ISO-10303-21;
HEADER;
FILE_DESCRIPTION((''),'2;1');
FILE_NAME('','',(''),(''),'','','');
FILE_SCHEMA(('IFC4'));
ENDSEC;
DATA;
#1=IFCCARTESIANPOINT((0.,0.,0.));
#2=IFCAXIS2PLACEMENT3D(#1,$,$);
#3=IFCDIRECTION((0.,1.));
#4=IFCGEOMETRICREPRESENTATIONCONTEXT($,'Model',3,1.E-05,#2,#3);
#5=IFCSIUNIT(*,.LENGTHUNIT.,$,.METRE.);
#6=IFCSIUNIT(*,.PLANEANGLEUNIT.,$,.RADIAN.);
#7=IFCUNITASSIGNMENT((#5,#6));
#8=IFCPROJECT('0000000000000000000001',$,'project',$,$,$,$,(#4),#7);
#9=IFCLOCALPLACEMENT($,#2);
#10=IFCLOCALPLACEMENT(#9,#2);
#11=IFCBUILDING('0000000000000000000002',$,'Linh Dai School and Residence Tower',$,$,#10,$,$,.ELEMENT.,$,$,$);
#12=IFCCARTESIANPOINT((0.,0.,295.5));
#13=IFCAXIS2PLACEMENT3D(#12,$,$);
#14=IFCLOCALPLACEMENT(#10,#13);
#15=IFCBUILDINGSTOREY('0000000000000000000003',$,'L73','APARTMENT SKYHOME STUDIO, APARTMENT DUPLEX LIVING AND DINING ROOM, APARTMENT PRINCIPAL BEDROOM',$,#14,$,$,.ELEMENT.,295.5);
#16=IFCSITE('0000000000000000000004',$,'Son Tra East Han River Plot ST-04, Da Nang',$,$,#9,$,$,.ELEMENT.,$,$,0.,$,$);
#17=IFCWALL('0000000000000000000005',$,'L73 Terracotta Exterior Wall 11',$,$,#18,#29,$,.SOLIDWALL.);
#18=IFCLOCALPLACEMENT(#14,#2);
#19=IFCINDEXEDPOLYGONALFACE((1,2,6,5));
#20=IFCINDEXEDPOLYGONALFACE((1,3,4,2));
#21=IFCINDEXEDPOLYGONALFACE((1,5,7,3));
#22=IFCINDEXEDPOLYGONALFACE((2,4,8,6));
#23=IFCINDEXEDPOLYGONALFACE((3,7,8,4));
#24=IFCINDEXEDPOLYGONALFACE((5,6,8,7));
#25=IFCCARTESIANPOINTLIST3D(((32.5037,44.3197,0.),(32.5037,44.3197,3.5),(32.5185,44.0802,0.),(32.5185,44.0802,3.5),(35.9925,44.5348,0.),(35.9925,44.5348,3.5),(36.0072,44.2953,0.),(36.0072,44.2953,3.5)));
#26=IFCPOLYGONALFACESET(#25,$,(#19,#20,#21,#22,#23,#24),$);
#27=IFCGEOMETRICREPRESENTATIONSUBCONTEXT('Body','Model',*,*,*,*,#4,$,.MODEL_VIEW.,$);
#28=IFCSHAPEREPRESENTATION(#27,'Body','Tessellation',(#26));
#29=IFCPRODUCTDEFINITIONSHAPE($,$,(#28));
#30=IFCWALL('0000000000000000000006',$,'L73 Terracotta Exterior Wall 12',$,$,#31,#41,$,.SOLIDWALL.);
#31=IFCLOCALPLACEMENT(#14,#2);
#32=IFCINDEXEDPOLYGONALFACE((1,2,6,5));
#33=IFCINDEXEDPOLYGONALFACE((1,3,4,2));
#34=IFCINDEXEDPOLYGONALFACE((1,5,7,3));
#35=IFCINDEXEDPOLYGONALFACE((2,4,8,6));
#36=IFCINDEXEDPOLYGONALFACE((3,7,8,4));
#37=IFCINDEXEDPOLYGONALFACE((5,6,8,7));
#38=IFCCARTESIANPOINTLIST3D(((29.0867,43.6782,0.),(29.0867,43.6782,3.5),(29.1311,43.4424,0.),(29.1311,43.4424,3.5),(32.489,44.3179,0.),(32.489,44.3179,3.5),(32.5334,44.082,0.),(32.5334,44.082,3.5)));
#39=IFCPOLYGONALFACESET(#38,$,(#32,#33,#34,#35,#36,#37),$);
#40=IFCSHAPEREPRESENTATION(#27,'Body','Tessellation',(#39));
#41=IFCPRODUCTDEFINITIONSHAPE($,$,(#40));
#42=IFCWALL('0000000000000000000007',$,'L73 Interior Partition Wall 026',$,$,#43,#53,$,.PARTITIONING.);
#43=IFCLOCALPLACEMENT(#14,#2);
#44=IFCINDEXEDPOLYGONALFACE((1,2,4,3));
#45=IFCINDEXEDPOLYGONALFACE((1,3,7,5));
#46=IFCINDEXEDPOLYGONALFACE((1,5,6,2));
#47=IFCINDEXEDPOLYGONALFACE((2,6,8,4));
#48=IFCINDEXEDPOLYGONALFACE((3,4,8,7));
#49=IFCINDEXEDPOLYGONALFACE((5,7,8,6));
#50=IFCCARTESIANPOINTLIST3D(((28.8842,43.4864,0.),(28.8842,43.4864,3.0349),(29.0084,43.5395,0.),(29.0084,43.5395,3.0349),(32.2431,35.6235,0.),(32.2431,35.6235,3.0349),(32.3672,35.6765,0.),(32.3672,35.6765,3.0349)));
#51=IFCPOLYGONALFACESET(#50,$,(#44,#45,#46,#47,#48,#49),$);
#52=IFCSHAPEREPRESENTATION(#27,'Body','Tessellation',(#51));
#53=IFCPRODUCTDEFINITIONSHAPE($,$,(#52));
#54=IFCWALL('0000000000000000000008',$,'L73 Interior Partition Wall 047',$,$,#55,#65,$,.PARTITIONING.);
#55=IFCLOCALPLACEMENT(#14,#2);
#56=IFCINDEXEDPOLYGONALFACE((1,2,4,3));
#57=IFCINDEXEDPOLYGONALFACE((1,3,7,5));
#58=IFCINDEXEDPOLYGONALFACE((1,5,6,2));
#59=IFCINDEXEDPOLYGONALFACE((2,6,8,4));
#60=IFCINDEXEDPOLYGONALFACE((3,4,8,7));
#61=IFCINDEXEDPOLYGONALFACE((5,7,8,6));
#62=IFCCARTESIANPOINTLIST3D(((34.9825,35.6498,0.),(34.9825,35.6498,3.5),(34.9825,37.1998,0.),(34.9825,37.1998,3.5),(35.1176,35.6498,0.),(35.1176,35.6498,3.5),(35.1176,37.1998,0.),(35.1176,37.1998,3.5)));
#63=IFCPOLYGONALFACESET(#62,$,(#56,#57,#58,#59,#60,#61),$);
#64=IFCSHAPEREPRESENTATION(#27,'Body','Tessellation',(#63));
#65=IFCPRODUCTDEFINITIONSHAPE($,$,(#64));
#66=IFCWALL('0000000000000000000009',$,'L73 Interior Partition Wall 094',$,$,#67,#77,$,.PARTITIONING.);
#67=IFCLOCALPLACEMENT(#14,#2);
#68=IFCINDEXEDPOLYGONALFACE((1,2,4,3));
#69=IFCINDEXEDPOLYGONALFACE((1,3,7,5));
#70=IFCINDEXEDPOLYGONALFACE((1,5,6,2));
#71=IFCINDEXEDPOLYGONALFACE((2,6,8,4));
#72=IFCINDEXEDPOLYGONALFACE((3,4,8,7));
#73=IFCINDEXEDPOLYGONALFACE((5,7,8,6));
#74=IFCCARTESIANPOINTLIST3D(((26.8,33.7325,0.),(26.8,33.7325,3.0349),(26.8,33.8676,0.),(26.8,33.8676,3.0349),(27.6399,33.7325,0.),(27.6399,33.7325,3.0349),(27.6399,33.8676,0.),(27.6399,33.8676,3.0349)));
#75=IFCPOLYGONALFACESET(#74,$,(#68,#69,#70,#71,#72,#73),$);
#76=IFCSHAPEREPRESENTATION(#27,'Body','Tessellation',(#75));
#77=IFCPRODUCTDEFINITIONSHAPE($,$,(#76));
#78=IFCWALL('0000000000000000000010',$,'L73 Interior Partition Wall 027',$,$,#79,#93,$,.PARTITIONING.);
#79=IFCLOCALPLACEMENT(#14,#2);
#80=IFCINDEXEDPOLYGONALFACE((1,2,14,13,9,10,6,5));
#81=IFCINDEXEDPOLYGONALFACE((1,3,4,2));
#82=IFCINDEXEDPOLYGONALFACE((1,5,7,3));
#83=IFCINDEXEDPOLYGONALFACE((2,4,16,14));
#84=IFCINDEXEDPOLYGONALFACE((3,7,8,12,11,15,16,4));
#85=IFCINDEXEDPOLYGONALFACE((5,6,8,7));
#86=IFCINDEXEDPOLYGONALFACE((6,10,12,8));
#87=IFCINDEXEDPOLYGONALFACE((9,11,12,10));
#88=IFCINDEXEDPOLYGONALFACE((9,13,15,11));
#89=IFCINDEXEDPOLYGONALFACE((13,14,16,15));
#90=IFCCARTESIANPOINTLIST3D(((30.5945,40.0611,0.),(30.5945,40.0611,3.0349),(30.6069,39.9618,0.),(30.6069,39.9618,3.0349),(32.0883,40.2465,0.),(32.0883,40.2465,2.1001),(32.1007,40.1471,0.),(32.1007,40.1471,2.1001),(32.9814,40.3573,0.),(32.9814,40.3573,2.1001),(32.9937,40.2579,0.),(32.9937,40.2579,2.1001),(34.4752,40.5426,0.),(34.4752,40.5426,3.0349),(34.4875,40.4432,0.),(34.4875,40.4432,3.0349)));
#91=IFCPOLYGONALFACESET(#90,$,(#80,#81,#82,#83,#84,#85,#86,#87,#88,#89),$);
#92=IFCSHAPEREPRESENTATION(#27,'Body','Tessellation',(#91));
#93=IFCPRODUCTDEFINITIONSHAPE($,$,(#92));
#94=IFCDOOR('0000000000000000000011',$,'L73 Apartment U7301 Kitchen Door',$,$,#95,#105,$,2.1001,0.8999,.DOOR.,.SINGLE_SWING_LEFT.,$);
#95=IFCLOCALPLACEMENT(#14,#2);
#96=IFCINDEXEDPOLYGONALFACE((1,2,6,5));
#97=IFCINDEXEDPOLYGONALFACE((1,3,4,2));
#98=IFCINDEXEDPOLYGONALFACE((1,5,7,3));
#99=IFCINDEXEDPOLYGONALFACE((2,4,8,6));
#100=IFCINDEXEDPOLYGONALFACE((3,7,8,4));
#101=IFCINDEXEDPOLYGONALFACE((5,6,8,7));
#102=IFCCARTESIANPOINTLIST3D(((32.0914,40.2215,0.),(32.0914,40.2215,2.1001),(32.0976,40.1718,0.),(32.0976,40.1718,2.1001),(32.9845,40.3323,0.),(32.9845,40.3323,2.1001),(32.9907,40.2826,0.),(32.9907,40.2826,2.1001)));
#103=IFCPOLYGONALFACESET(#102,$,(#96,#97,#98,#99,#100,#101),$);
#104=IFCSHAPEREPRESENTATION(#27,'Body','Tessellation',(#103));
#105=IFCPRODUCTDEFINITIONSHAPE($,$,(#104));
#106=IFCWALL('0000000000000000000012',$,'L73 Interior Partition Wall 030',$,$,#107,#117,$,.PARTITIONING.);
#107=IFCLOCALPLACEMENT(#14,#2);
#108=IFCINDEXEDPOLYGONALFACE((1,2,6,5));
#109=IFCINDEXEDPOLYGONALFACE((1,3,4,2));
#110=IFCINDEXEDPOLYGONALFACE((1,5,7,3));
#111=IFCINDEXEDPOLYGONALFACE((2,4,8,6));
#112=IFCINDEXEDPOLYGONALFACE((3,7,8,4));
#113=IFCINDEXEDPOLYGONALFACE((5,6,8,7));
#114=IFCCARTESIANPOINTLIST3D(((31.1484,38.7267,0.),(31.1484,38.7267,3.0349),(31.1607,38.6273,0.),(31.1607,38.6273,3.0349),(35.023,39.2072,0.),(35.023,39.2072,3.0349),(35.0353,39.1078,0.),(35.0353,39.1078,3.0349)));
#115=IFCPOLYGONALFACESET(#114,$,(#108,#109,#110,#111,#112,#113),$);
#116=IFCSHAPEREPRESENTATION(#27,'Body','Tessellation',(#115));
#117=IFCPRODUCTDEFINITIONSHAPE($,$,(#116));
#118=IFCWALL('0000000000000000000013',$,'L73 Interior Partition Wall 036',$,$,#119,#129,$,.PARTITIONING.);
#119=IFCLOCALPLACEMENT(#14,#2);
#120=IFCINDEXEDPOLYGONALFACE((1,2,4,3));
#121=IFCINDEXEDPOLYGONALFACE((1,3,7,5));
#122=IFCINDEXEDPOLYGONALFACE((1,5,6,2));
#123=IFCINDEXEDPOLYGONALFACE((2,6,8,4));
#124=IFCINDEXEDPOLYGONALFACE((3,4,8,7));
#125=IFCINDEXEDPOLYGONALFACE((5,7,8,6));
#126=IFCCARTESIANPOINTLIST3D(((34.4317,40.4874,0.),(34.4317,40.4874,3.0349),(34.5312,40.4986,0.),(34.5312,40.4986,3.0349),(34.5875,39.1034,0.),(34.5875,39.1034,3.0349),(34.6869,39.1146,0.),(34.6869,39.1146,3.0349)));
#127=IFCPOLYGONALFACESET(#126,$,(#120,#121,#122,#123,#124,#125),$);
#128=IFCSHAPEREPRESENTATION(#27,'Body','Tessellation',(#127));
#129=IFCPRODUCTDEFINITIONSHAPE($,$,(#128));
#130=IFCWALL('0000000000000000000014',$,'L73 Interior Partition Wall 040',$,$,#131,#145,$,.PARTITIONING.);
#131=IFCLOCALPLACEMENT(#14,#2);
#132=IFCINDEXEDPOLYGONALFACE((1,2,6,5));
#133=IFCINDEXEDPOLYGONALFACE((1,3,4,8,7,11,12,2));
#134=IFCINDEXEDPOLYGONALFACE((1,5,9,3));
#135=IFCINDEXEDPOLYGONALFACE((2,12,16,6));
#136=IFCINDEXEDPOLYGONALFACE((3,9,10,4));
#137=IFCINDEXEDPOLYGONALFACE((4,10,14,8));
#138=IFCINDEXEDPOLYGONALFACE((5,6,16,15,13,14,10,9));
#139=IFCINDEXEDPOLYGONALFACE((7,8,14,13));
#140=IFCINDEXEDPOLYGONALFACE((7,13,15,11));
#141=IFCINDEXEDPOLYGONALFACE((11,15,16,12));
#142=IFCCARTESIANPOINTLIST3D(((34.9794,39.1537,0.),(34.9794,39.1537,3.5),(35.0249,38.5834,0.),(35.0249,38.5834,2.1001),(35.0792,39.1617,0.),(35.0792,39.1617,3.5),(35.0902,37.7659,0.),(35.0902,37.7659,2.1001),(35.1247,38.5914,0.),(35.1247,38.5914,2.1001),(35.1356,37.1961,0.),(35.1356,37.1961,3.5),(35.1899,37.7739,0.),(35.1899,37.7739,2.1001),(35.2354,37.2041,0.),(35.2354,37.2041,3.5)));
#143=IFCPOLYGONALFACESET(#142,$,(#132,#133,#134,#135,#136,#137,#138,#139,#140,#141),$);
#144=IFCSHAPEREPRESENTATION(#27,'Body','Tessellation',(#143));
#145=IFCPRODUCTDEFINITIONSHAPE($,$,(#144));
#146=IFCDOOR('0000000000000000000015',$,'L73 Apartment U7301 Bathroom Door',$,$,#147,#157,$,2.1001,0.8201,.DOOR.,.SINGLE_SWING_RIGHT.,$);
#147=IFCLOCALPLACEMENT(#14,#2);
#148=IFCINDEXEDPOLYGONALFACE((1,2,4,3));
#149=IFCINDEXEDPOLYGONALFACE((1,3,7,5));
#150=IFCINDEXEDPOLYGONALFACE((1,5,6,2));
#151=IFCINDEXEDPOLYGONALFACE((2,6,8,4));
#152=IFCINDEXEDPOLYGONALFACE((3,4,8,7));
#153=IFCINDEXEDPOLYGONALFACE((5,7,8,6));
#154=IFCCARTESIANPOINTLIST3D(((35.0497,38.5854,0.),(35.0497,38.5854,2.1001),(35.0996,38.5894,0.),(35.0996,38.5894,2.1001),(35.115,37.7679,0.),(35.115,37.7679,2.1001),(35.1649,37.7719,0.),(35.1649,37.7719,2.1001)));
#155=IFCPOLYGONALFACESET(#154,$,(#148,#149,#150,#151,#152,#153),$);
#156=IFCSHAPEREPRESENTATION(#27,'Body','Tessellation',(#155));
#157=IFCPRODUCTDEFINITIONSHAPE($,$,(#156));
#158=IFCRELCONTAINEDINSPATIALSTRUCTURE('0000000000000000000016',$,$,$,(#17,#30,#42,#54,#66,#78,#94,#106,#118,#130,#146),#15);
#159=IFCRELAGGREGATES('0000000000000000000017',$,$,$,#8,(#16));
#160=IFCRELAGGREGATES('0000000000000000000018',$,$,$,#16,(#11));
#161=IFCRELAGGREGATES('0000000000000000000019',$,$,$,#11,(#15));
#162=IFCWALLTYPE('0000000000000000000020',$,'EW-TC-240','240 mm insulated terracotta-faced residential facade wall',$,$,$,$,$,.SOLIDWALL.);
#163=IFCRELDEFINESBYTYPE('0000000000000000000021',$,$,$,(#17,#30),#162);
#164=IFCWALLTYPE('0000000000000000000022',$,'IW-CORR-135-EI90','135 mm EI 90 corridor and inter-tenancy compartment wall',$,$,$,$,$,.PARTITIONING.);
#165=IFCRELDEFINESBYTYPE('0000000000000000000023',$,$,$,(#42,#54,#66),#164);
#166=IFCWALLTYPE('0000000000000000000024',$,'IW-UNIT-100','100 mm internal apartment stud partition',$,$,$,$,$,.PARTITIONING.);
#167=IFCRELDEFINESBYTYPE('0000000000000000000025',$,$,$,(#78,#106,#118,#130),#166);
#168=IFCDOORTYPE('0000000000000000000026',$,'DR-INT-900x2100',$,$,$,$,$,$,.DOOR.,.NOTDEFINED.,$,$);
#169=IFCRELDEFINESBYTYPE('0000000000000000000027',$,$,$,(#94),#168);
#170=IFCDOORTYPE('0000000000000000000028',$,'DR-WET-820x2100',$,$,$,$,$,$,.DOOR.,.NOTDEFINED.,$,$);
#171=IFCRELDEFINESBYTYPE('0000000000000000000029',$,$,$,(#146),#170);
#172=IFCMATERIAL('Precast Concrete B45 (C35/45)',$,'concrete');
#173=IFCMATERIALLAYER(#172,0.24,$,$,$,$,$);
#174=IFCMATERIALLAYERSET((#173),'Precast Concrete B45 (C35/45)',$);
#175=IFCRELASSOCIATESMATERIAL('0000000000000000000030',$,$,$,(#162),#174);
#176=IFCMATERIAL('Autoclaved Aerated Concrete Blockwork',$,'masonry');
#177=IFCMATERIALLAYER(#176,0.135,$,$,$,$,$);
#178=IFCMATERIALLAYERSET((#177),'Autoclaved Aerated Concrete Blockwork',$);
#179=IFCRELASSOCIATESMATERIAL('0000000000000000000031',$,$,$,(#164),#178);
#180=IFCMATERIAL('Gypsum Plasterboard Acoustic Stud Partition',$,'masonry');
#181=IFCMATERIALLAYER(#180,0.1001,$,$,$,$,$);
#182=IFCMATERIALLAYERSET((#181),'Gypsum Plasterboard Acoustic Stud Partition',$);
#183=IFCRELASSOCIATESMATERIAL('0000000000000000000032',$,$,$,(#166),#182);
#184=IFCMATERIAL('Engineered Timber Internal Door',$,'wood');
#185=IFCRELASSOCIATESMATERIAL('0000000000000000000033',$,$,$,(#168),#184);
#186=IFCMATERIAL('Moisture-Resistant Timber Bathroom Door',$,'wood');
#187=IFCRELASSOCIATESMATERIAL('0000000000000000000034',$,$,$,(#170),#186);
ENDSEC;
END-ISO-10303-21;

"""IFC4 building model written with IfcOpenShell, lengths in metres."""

from ifc_helpers import new_model, si_unit, direction, frame, frame_2d, origin, origin_2d, place, context, subcontext, project, spatial, rectangle, extrude, source, transform, mapped, material, layer, layer_set, type_object, element, fill, save


model = new_model("IFC4")

# Units and contexts
model_context = context("Model", 3, precision=1e-05, world=origin(), true_north=direction((0.0, 1.0)))
body_context = subcontext(model_context, "Body", "Model", "MODEL_VIEW")
ifc_project = project(units=[si_unit("LENGTHUNIT", "METRE"), si_unit("PLANEANGLEUNIT", "RADIAN")], contexts=[model_context])

# Site, building, storey
site_placement = place(None, origin())
site = spatial("IfcSite", under=ifc_project, at=site_placement, Name="Son Tra East Han River Plot ST-04, Da Nang", CompositionType="ELEMENT", RefElevation=0.0)
building_placement = place(site_placement, origin())
building = spatial("IfcBuilding", under=site, at=building_placement, Name="Linh Dai School and Residence Tower", CompositionType="ELEMENT")
storey_placement = place(building_placement, frame((0.0, 0.0, 295.5)))
storey = spatial("IfcBuildingStorey", under=building, at=storey_placement, Name="L73", Description="APARTMENT SKYHOME STUDIO, APARTMENT DUPLEX LIVING AND DINING ROOM, APARTMENT PRINCIPAL BEDROOM", CompositionType="ELEMENT", Elevation=295.5)

# Walls
ifc_material_1 = material(Name="Precast Concrete B45 (C35/45)", Category="concrete")
ifc_layer_1 = layer(ifc_material_1, 0.24)
ifc_layer_set_1 = layer_set([ifc_layer_1], Name="Precast Concrete B45 (C35/45)")
wall_type_1 = type_object("IfcWallType", Name="EW-TC-240", Description="240 mm insulated terracotta-faced residential facade wall", PredefinedType="SOLIDWALL", material=ifc_layer_set_1)
wall_1_placement = place(storey_placement, frame((32.5112, 44.2, 0.0), z_axis=(0.0, 0.0, 1.0), x_axis=(0.998105, 0.061535, 0.0)))
element("IfcWall", 1, at=wall_1_placement, inside=storey, type_object=wall_type_1, Name="L73 Terracotta Exterior Wall 11", PredefinedType="SOLIDWALL", context=body_context, shape_type="SweptSolid", body=[
    extrude(rectangle(XDim=3.4954, YDim=0.24, at=frame_2d((1.7476, 0.0))), origin(), (0.0, 0.0, 1.0), 3.5),
])
wall_2_placement = place(storey_placement, frame((29.1089, 43.5603, 0.0), z_axis=(0.0, 0.0, 1.0), x_axis=(0.982783, 0.184765, 0.0)))
element("IfcWall", 2, at=wall_2_placement, inside=storey, type_object=wall_type_1, Name="L73 Terracotta Exterior Wall 12", PredefinedType="SOLIDWALL", context=body_context, shape_type="SweptSolid", body=[
    extrude(rectangle(XDim=3.4619, YDim=0.24, at=frame_2d((1.731, 0.0))), origin(), (0.0, 0.0, 1.0), 3.5),
])
ifc_material_2 = material(Name="Autoclaved Aerated Concrete Blockwork", Category="masonry")
ifc_layer_2 = layer(ifc_material_2, 0.135)
ifc_layer_set_2 = layer_set([ifc_layer_2], Name="Autoclaved Aerated Concrete Blockwork")
wall_type_2 = type_object("IfcWallType", Name="IW-CORR-135-EI90", Description="135 mm EI 90 corridor and inter-tenancy compartment wall", PredefinedType="PARTITIONING", material=ifc_layer_set_2)
wall_3_placement = place(storey_placement, frame((28.9463, 43.5129, 0.0), z_axis=(0.0, 0.0, 1.0), x_axis=(0.392834, -0.91961, 0.0)))
element("IfcWall", 3, at=wall_3_placement, inside=storey, type_object=wall_type_2, Name="L73 Interior Partition Wall 026", PredefinedType="PARTITIONING", context=body_context, shape_type="SweptSolid", body=[
    extrude(rectangle(XDim=8.5503, YDim=0.135, at=frame_2d((4.2751, 0.0))), origin(), (0.0, 0.0, 1.0), 3.0349),
])
wall_4_placement = place(storey_placement, frame((35.05, 35.6499, 0.0), z_axis=(0.0, 0.0, 1.0), x_axis=(0.0, 1.0, 0.0)))
element("IfcWall", 4, at=wall_4_placement, inside=storey, type_object=wall_type_2, Name="L73 Interior Partition Wall 047", PredefinedType="PARTITIONING", context=body_context, shape_type="SweptSolid", body=[
    extrude(rectangle(XDim=1.55, YDim=0.135, at=frame_2d((0.7749, 0.0))), origin(), (0.0, 0.0, 1.0), 3.5),
])

# Wall
wall_5_placement = place(storey_placement, frame((27.6399, 33.8, 0.0), z_axis=(0.0, 0.0, 1.0), x_axis=(-1.0, 0.0, 0.0)))
element("IfcWall", 5, at=wall_5_placement, inside=storey, type_object=wall_type_2, Name="L73 Interior Partition Wall 094", PredefinedType="PARTITIONING", context=body_context, shape_type="SweptSolid", body=[
    extrude(rectangle(XDim=0.8398, YDim=0.135, at=frame_2d((0.4199, 0.0))), origin(), (0.0, 0.0, 1.0), 3.0349),
])

# Wall, opening, door
ifc_material_3 = material(Name="Gypsum Plasterboard Acoustic Stud Partition", Category="masonry")
ifc_layer_3 = layer(ifc_material_3, 0.1001)
ifc_layer_set_3 = layer_set([ifc_layer_3], Name="Gypsum Plasterboard Acoustic Stud Partition")
wall_type_3 = type_object("IfcWallType", Name="IW-UNIT-100", Description="100 mm internal apartment stud partition", PredefinedType="PARTITIONING", material=ifc_layer_set_3)
wall_6_placement = place(storey_placement, frame((30.6008, 40.0115, 0.0), z_axis=(0.0, 0.0, 1.0), x_axis=(0.992392, 0.12312, 0.0)))
wall_6 = element("IfcWall", 6, at=wall_6_placement, inside=storey, type_object=wall_type_3, Name="L73 Interior Partition Wall 027", PredefinedType="PARTITIONING", context=body_context, shape_type="SweptSolid", body=[
    extrude(rectangle(XDim=3.9104, YDim=0.1001, at=frame_2d((1.9551, 0.0))), origin(), (0.0, 0.0, 1.0), 3.0349),
])
opening_1_placement = place(wall_6_placement, frame((1.5051, 0.0, 0.0)))
opening_1 = element("IfcOpeningElement", 7, at=opening_1_placement, cuts=wall_6, PredefinedType="OPENING", context=body_context, shape_type="SweptSolid", body=[
    extrude(rectangle(XDim=0.8999, YDim=2.1001, at=origin_2d()), frame((0.45, 0.0601, 1.05), z_axis=(0.0, -1.0, 0.0), x_axis=(1.0, 0.0, 0.0)), (0.0, 0.0, 1.0), 0.1201),
])
ifc_material_4 = material(Name="Engineered Timber Internal Door", Category="wood")
door_type_1 = type_object("IfcDoorType", Name="DR-INT-900x2100", OperationType="NOTDEFINED", PredefinedType="DOOR", material=ifc_material_4)
shared_shape_1 = source(origin(), body_context, "Body", "SweptSolid", [
    extrude(rectangle(XDim=0.8999, YDim=2.1001, at=origin_2d()), frame((0.45, 0.0249, 1.05), z_axis=(0.0, -1.0, 0.0), x_axis=(1.0, 0.0, 0.0)), (0.0, 0.0, 1.0), 0.05),
])
door_1_placement = place(opening_1_placement, origin())
door_1 = element("IfcDoor", 8, at=door_1_placement, inside=storey, type_object=door_type_1, Name="L73 Apartment U7301 Kitchen Door", OperationType="SINGLE_SWING_LEFT", OverallHeight=2.1001, OverallWidth=0.8999, PredefinedType="DOOR", context=body_context, shape_type="MappedRepresentation", body=[
    mapped(shared_shape_1, transform((0.0, 0.0, 0.0), x_axis=(1.0, 0.0, 0.0), y_axis=(0.0, 1.0, 0.0), z_axis=(0.0, 0.0, 1.0), scale=1.0)),
])
fill(opening_1, door_1)

# Walls
wall_7_placement = place(storey_placement, frame((31.1545, 38.677, 0.0), z_axis=(0.0, 0.0, 1.0), x_axis=(0.992399, 0.123065, 0.0)))
element("IfcWall", 9, at=wall_7_placement, inside=storey, type_object=wall_type_3, Name="L73 Interior Partition Wall 030", PredefinedType="PARTITIONING", context=body_context, shape_type="SweptSolid", body=[
    extrude(rectangle(XDim=3.9043, YDim=0.1001, at=frame_2d((1.9521, 0.0))), origin(), (0.0, 0.0, 1.0), 3.0349),
])
wall_8_placement = place(storey_placement, frame((34.4814, 40.4929, 0.0), z_axis=(0.0, 0.0, 1.0), x_axis=(0.111836, -0.993727, 0.0)))
element("IfcWall", 10, at=wall_8_placement, inside=storey, type_object=wall_type_3, Name="L73 Interior Partition Wall 036", PredefinedType="PARTITIONING", context=body_context, shape_type="SweptSolid", body=[
    extrude(rectangle(XDim=1.3928, YDim=0.1001, at=frame_2d((0.6963, 0.0))), origin(), (0.0, 0.0, 1.0), 3.0349),
])

# Wall, opening, door
wall_9_placement = place(storey_placement, frame((35.0293, 39.1577, 0.0), z_axis=(0.0, 0.0, 1.0), x_axis=(0.079557, -0.99683, 0.0)))
wall_9 = element("IfcWall", 11, at=wall_9_placement, inside=storey, type_object=wall_type_3, Name="L73 Interior Partition Wall 040", PredefinedType="PARTITIONING", context=body_context, shape_type="SweptSolid", body=[
    extrude(rectangle(XDim=1.9639, YDim=0.1001, at=frame_2d((0.9819, 0.0))), origin(), (0.0, 0.0, 1.0), 3.5),
])
opening_2_placement = place(wall_9_placement, frame((0.572, 0.0, 0.0)))
opening_2 = element("IfcOpeningElement", 12, at=opening_2_placement, cuts=wall_9, PredefinedType="OPENING", context=body_context, shape_type="SweptSolid", body=[
    extrude(rectangle(XDim=0.8201, YDim=2.1001, at=origin_2d()), frame((0.4102, 0.0601, 1.05), z_axis=(0.0, -1.0, 0.0), x_axis=(1.0, 0.0, 0.0)), (0.0, 0.0, 1.0), 0.1201),
])
ifc_material_5 = material(Name="Moisture-Resistant Timber Bathroom Door", Category="wood")
door_type_2 = type_object("IfcDoorType", Name="DR-WET-820x2100", OperationType="NOTDEFINED", PredefinedType="DOOR", material=ifc_material_5)
shared_shape_2 = source(origin(), body_context, "Body", "SweptSolid", [
    extrude(rectangle(XDim=0.8201, YDim=2.1001, at=origin_2d()), frame((0.4102, 0.0249, 1.05), z_axis=(0.0, -1.0, 0.0), x_axis=(1.0, 0.0, 0.0)), (0.0, 0.0, 1.0), 0.05),
])
door_2_placement = place(opening_2_placement, origin())
door_2 = element("IfcDoor", 13, at=door_2_placement, inside=storey, type_object=door_type_2, Name="L73 Apartment U7301 Bathroom Door", OperationType="SINGLE_SWING_RIGHT", OverallHeight=2.1001, OverallWidth=0.8201, PredefinedType="DOOR", context=body_context, shape_type="MappedRepresentation", body=[
    mapped(shared_shape_2, transform((0.0, 0.0, 0.0), x_axis=(1.0, 0.0, 0.0), y_axis=(0.0, 1.0, 0.0), z_axis=(0.0, 0.0, 1.0), scale=1.0)),
])
fill(opening_2, door_2)

save(model, "model.ifc")
